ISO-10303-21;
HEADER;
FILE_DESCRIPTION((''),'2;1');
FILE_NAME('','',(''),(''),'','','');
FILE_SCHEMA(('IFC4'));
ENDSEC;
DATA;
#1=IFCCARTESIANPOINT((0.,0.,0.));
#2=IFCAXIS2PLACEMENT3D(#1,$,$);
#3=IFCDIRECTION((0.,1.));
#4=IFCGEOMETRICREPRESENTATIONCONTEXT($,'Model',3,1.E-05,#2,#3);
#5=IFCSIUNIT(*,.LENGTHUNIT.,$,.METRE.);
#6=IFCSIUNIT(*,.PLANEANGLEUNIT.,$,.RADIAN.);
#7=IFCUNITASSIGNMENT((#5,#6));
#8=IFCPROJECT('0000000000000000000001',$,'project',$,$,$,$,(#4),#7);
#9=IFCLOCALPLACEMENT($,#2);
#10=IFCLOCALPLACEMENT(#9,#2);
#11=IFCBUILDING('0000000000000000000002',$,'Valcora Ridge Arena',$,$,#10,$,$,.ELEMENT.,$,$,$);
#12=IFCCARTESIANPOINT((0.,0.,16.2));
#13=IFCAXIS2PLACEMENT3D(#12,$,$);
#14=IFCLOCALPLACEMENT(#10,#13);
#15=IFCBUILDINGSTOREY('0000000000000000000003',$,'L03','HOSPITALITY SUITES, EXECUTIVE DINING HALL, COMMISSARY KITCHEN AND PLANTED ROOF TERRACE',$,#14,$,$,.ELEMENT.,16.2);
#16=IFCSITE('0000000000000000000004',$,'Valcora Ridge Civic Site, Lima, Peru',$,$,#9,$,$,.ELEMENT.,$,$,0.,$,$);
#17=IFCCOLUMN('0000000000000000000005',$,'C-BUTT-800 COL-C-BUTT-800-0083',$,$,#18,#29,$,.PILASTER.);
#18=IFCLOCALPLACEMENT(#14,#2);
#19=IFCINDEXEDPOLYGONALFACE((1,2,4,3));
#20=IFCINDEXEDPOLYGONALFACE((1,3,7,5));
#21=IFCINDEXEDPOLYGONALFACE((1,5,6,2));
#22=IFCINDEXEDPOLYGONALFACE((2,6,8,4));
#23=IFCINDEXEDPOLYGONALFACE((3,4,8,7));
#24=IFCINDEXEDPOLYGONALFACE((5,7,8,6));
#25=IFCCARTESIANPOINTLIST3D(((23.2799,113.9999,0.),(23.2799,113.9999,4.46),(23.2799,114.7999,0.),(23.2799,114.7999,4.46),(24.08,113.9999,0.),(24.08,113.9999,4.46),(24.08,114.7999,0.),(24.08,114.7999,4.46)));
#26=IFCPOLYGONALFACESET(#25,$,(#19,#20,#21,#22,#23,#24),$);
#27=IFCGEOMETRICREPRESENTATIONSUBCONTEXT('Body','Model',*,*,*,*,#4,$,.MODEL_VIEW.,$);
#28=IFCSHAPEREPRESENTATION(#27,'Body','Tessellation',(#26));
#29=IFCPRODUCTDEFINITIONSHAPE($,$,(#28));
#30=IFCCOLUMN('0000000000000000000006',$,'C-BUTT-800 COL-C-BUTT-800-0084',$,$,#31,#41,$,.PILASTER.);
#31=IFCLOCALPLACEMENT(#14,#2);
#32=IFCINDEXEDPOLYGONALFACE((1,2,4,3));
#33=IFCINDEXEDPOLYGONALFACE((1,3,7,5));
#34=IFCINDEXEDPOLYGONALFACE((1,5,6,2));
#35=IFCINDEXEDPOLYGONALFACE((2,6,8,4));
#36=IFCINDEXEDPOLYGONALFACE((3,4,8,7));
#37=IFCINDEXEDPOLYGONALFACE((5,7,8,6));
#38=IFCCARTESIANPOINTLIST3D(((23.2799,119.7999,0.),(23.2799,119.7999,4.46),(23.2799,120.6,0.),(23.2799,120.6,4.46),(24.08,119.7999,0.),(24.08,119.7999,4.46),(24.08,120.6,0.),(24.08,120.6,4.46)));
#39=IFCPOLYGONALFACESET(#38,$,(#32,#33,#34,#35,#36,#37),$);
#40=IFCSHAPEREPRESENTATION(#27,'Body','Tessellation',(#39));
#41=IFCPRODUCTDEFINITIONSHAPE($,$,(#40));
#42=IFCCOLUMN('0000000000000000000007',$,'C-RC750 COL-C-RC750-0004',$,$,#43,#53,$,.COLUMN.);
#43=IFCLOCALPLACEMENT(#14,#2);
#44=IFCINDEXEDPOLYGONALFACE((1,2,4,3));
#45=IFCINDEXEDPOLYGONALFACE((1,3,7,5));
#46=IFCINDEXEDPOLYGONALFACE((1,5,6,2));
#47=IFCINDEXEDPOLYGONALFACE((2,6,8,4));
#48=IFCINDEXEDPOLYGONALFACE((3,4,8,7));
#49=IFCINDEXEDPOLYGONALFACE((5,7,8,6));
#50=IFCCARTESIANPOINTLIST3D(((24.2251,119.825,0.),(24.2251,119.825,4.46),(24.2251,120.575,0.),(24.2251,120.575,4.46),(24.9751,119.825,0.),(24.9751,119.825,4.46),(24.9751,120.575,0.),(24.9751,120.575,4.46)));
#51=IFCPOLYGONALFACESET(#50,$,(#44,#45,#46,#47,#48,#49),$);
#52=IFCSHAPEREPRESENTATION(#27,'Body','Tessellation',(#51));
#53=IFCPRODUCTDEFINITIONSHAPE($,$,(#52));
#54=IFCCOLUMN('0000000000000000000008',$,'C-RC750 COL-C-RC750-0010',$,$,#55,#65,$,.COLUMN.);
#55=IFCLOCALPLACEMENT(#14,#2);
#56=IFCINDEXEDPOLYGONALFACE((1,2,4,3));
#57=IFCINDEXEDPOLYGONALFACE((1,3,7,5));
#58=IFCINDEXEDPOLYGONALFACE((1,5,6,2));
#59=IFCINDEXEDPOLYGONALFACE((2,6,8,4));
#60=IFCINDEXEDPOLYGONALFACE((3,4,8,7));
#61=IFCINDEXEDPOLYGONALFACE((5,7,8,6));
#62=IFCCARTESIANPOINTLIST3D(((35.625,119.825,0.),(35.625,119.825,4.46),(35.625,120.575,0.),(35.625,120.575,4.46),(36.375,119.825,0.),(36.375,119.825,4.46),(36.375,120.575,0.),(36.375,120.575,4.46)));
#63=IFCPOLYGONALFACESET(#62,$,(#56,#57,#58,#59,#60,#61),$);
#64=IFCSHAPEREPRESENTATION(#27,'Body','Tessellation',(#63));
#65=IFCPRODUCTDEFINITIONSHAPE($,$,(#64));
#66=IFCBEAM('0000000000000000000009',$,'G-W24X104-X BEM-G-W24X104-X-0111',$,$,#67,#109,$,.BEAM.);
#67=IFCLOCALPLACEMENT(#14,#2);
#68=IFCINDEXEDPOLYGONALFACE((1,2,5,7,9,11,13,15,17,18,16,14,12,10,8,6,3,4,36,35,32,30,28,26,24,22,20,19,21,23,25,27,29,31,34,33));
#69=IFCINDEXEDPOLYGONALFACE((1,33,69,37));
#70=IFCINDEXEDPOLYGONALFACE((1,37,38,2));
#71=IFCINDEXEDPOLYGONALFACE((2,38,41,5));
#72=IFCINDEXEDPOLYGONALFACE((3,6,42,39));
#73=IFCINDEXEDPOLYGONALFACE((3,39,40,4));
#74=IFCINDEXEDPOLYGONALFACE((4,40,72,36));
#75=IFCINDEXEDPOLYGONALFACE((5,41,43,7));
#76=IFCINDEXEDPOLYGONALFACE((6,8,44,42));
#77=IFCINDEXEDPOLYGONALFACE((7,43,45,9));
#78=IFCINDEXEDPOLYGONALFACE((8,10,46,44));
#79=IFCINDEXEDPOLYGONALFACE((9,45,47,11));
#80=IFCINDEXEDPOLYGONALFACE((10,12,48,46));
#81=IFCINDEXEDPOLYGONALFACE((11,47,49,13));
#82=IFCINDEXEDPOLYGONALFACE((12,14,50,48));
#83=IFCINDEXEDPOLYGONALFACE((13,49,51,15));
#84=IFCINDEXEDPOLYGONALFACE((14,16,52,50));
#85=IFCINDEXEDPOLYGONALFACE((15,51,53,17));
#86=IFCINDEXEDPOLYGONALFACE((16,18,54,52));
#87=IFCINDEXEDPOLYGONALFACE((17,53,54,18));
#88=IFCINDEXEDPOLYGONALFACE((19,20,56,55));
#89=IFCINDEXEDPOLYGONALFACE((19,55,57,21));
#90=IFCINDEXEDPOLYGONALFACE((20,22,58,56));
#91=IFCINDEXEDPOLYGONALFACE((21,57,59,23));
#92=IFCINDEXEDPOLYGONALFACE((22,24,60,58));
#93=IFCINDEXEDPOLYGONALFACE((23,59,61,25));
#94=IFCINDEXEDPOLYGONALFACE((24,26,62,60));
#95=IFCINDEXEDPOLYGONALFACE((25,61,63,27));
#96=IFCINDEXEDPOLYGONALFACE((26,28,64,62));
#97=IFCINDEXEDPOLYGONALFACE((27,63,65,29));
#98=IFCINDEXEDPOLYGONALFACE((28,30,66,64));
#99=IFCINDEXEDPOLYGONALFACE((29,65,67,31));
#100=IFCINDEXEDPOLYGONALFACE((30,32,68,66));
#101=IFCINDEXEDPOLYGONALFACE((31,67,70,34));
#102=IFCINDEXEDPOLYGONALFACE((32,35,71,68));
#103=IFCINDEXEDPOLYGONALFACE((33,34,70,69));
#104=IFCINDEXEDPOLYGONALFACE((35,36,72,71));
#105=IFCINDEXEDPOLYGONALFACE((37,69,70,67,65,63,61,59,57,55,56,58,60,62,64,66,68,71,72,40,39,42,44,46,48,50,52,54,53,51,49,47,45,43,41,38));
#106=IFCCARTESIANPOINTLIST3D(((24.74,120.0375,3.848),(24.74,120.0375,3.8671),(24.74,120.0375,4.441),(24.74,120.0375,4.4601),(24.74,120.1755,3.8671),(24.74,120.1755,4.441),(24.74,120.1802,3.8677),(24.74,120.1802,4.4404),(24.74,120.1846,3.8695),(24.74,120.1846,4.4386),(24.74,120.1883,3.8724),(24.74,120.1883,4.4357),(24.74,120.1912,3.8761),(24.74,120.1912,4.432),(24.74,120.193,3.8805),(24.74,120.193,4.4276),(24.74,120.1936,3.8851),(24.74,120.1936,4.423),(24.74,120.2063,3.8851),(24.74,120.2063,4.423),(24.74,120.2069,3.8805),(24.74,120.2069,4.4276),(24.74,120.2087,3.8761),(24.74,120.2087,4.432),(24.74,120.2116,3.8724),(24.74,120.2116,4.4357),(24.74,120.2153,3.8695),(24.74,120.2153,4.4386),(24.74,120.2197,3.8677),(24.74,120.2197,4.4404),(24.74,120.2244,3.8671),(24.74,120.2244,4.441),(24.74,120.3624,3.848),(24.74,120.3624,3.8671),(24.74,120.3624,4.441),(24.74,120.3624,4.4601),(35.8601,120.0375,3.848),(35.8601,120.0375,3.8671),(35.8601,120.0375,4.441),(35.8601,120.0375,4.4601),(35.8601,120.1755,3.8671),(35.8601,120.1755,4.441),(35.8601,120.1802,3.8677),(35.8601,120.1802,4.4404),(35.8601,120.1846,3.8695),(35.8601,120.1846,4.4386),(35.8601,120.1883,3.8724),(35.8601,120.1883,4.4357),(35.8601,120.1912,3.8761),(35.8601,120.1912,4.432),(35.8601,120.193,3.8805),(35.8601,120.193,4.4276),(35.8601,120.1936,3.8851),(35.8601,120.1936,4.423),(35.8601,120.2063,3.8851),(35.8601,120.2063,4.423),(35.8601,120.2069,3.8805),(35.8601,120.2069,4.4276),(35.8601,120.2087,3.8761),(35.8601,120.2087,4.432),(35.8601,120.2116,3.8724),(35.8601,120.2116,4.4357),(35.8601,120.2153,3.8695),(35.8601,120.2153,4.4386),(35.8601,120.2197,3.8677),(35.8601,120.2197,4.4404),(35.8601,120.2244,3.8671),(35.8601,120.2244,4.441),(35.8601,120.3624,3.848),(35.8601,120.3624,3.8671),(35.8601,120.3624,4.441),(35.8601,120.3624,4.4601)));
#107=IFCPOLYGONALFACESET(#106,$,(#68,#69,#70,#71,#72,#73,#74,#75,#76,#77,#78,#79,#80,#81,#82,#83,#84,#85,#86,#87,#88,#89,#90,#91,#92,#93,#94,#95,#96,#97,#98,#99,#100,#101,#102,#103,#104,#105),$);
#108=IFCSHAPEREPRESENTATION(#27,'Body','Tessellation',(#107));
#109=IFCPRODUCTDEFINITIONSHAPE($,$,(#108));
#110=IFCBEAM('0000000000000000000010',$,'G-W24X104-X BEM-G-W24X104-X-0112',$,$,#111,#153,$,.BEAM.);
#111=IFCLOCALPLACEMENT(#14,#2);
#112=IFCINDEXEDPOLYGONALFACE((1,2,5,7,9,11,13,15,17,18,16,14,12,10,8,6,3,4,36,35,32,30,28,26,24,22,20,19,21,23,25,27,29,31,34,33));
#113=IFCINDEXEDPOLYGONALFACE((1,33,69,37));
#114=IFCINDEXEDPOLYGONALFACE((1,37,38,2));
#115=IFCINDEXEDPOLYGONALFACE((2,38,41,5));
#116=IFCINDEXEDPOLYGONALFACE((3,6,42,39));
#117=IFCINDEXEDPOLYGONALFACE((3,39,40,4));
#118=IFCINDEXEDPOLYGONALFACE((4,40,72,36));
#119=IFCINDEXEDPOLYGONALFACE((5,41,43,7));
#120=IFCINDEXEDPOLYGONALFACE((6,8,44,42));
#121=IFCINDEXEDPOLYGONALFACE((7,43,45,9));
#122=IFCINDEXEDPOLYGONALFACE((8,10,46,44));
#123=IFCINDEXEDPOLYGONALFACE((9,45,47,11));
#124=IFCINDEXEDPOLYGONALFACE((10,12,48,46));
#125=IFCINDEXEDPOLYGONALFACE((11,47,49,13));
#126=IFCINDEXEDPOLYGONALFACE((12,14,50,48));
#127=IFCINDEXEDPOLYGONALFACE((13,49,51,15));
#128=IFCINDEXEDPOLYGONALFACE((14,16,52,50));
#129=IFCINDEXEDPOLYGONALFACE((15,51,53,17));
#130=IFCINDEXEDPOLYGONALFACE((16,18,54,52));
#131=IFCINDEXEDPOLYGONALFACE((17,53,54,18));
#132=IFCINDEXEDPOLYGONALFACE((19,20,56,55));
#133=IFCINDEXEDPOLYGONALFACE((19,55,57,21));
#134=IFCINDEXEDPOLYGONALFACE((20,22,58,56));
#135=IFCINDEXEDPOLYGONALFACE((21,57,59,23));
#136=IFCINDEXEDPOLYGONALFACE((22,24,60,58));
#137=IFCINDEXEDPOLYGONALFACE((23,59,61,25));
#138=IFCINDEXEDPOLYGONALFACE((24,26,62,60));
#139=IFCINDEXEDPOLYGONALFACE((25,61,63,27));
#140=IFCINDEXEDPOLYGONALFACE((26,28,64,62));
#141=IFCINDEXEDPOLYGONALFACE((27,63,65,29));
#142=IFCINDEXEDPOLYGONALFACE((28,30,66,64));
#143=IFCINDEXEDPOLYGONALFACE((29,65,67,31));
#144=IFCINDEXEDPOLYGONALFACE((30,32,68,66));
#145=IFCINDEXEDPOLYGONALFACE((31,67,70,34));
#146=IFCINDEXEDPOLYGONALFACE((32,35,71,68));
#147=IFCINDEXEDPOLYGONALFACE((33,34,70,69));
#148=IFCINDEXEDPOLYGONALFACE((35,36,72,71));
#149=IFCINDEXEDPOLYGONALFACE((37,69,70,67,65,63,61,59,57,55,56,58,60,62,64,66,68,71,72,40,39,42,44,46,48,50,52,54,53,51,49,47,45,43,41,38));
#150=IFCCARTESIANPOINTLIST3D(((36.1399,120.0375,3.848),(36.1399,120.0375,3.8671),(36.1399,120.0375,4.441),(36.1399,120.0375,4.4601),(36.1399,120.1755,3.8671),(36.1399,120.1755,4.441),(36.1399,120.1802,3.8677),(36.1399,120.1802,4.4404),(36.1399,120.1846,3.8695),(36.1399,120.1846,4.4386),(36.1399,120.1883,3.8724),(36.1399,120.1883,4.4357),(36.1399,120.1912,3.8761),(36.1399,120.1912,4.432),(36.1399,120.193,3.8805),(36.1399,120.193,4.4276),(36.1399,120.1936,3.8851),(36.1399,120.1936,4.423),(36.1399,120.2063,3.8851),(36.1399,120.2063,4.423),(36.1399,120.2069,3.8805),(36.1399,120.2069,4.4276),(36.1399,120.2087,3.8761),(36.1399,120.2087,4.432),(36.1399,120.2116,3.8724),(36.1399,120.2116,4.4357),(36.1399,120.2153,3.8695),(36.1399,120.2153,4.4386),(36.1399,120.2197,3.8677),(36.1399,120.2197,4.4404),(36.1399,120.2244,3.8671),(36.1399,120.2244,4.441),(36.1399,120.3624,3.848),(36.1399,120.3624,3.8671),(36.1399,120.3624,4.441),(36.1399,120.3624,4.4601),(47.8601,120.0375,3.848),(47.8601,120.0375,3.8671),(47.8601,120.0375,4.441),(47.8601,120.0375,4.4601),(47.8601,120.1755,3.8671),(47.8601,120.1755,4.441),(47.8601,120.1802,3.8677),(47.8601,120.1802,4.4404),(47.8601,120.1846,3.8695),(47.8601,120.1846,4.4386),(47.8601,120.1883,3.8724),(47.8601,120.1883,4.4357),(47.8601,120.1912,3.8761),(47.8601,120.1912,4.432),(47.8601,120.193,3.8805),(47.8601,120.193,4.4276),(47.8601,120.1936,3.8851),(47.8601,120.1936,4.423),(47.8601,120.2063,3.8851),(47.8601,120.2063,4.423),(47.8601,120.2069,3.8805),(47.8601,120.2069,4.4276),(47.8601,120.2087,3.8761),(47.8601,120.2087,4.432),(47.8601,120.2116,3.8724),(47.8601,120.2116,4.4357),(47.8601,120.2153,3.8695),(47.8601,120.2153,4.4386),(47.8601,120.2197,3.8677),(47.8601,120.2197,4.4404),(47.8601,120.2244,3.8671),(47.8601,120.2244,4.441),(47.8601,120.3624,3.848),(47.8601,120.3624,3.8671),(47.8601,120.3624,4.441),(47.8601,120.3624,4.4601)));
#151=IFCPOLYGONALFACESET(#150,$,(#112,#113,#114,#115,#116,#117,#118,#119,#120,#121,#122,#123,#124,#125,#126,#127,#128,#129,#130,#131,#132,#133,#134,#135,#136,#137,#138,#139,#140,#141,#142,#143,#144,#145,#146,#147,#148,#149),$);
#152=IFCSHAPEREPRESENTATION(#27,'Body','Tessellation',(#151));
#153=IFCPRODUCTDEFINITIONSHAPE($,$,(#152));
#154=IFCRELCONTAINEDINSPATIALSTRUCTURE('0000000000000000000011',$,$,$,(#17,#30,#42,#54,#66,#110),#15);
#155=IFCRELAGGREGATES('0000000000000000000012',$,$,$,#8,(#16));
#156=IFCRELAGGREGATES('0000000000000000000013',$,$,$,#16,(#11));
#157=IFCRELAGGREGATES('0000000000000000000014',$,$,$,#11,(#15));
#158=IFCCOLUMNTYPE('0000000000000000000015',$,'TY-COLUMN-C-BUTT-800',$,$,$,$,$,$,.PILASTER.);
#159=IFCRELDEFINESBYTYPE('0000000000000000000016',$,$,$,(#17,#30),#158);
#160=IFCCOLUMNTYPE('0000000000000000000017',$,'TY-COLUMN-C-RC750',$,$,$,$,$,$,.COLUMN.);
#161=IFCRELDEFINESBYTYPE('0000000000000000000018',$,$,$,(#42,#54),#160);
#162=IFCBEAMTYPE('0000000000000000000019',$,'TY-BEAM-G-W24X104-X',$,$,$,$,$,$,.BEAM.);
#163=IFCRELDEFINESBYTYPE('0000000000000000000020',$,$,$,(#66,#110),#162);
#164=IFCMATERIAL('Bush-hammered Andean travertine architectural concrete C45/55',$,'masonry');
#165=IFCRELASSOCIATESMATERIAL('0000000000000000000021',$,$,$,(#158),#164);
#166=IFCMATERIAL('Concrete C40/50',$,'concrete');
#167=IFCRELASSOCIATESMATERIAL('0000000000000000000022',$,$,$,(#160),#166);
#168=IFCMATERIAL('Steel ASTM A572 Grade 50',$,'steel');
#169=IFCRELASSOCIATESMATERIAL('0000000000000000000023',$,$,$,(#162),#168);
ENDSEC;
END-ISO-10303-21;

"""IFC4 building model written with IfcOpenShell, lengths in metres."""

from ifc_helpers import new_model, si_unit, direction, frame, origin, origin_2d, place, context, subcontext, project, spatial, rectangle, i_section, extrude, material, material_profile, profile_set, type_object, element, save


model = new_model("IFC4")

# Units and contexts
model_context = context("Model", 3, precision=1e-05, world=origin(), true_north=direction((0.0, 1.0)))
body_context = subcontext(model_context, "Body", "Model", "MODEL_VIEW")
ifc_project = project(units=[si_unit("LENGTHUNIT", "METRE"), si_unit("PLANEANGLEUNIT", "RADIAN")], contexts=[model_context])

# Site, building, storey
site_placement = place(None, origin())
site = spatial("IfcSite", under=ifc_project, at=site_placement, Name="Valcora Ridge Civic Site, Lima, Peru", CompositionType="ELEMENT", RefElevation=0.0)
building_placement = place(site_placement, origin())
building = spatial("IfcBuilding", under=site, at=building_placement, Name="Valcora Ridge Arena", CompositionType="ELEMENT")
storey_placement = place(building_placement, frame((0.0, 0.0, 16.2)))
storey = spatial("IfcBuildingStorey", under=building, at=storey_placement, Name="L03", Description="HOSPITALITY SUITES, EXECUTIVE DINING HALL, COMMISSARY KITCHEN AND PLANTED ROOF TERRACE", CompositionType="ELEMENT", Elevation=16.2)

# Columns
ifc_material_1 = material(Name="Bush-hammered Andean travertine architectural concrete C45/55", Category="masonry")
ifc_material_profile_1 = material_profile(ifc_material_1, rectangle(XDim=0.8, YDim=0.8, at=origin_2d()), Name="RC 800x800")
ifc_profile_set_1 = profile_set([ifc_material_profile_1], Name="Bush-hammered Andean travertine architectural concrete C45/55")
column_type_1 = type_object("IfcColumnType", Name="TY-COLUMN-C-BUTT-800", PredefinedType="PILASTER", material=ifc_profile_set_1)
for number, where, z_axis, x_axis, name in (
    (1, (23.6799, 114.3999, 0.0), (0.0, 0.0, 1.0), (1.0, 0.0, 0.0), "C-BUTT-800 COL-C-BUTT-800-0083"),
    (2, (23.6799, 120.2, 0.0), (0.0, 0.0, 1.0), (1.0, 0.0, 0.0), "C-BUTT-800 COL-C-BUTT-800-0084"),
):
    element("IfcColumn", number, at=place(storey_placement, frame(where, z_axis=z_axis, x_axis=x_axis)), inside=storey, type_object=column_type_1, Name=name, PredefinedType="PILASTER", context=body_context, shape_type="SweptSolid", body=[
        extrude(rectangle(XDim=0.8, YDim=0.8, at=origin_2d()), origin(), (0.0, 0.0, 1.0), 4.46),
    ])
ifc_material_2 = material(Name="Concrete C40/50", Category="concrete")
ifc_material_profile_2 = material_profile(ifc_material_2, rectangle(XDim=0.75, YDim=0.75, at=origin_2d()), Name="RC 750x750")
ifc_profile_set_2 = profile_set([ifc_material_profile_2], Name="Concrete C40/50")
column_type_2 = type_object("IfcColumnType", Name="TY-COLUMN-C-RC750", PredefinedType="COLUMN", material=ifc_profile_set_2)
for number, where, z_axis, x_axis, name in (
    (3, (24.6001, 120.2, 0.0), (0.0, 0.0, 1.0), (1.0, 0.0, 0.0), "C-RC750 COL-C-RC750-0004"),
    (4, (36.0, 120.2, 0.0), (0.0, 0.0, 1.0), (1.0, 0.0, 0.0), "C-RC750 COL-C-RC750-0010"),
):
    element("IfcColumn", number, at=place(storey_placement, frame(where, z_axis=z_axis, x_axis=x_axis)), inside=storey, type_object=column_type_2, Name=name, PredefinedType="COLUMN", context=body_context, shape_type="SweptSolid", body=[
        extrude(rectangle(XDim=0.75, YDim=0.75, at=origin_2d()), origin(), (0.0, 0.0, 1.0), 4.46),
    ])

# Beams
ifc_material_3 = material(Name="Steel ASTM A572 Grade 50", Category="steel")
ifc_material_profile_3 = material_profile(ifc_material_3, i_section(OverallWidth=0.325, OverallDepth=0.6121, WebThickness=0.0127, FlangeThickness=0.019, FilletRadius=0.0181, at=origin_2d()), Name="W24X104")
ifc_profile_set_3 = profile_set([ifc_material_profile_3], Name="Steel ASTM A572 Grade 50")
beam_type_1 = type_object("IfcBeamType", Name="TY-BEAM-G-W24X104-X", PredefinedType="BEAM", material=ifc_profile_set_3)
beam_1_placement = place(storey_placement, frame((24.74, 120.2, 4.1541), z_axis=(1.0, 0.0, 0.0), x_axis=(0.0, 1.0, 0.0)))
element("IfcBeam", 5, at=beam_1_placement, inside=storey, type_object=beam_type_1, Name="G-W24X104-X BEM-G-W24X104-X-0111", PredefinedType="BEAM", context=body_context, shape_type="SweptSolid", body=[
    extrude(i_section(OverallWidth=0.325, OverallDepth=0.6121, WebThickness=0.0127, FlangeThickness=0.019, FilletRadius=0.0181, at=origin_2d()), origin(), (0.0, 0.0, 1.0), 11.1201),
])
beam_2_placement = place(storey_placement, frame((36.1399, 120.2, 4.1541), z_axis=(1.0, 0.0, 0.0), x_axis=(0.0, 1.0, 0.0)))
element("IfcBeam", 6, at=beam_2_placement, inside=storey, type_object=beam_type_1, Name="G-W24X104-X BEM-G-W24X104-X-0112", PredefinedType="BEAM", context=body_context, shape_type="SweptSolid", body=[
    extrude(i_section(OverallWidth=0.325, OverallDepth=0.6121, WebThickness=0.0127, FlangeThickness=0.019, FilletRadius=0.0181, at=origin_2d()), origin(), (0.0, 0.0, 1.0), 11.7202),
])

save(model, "model.ifc")
